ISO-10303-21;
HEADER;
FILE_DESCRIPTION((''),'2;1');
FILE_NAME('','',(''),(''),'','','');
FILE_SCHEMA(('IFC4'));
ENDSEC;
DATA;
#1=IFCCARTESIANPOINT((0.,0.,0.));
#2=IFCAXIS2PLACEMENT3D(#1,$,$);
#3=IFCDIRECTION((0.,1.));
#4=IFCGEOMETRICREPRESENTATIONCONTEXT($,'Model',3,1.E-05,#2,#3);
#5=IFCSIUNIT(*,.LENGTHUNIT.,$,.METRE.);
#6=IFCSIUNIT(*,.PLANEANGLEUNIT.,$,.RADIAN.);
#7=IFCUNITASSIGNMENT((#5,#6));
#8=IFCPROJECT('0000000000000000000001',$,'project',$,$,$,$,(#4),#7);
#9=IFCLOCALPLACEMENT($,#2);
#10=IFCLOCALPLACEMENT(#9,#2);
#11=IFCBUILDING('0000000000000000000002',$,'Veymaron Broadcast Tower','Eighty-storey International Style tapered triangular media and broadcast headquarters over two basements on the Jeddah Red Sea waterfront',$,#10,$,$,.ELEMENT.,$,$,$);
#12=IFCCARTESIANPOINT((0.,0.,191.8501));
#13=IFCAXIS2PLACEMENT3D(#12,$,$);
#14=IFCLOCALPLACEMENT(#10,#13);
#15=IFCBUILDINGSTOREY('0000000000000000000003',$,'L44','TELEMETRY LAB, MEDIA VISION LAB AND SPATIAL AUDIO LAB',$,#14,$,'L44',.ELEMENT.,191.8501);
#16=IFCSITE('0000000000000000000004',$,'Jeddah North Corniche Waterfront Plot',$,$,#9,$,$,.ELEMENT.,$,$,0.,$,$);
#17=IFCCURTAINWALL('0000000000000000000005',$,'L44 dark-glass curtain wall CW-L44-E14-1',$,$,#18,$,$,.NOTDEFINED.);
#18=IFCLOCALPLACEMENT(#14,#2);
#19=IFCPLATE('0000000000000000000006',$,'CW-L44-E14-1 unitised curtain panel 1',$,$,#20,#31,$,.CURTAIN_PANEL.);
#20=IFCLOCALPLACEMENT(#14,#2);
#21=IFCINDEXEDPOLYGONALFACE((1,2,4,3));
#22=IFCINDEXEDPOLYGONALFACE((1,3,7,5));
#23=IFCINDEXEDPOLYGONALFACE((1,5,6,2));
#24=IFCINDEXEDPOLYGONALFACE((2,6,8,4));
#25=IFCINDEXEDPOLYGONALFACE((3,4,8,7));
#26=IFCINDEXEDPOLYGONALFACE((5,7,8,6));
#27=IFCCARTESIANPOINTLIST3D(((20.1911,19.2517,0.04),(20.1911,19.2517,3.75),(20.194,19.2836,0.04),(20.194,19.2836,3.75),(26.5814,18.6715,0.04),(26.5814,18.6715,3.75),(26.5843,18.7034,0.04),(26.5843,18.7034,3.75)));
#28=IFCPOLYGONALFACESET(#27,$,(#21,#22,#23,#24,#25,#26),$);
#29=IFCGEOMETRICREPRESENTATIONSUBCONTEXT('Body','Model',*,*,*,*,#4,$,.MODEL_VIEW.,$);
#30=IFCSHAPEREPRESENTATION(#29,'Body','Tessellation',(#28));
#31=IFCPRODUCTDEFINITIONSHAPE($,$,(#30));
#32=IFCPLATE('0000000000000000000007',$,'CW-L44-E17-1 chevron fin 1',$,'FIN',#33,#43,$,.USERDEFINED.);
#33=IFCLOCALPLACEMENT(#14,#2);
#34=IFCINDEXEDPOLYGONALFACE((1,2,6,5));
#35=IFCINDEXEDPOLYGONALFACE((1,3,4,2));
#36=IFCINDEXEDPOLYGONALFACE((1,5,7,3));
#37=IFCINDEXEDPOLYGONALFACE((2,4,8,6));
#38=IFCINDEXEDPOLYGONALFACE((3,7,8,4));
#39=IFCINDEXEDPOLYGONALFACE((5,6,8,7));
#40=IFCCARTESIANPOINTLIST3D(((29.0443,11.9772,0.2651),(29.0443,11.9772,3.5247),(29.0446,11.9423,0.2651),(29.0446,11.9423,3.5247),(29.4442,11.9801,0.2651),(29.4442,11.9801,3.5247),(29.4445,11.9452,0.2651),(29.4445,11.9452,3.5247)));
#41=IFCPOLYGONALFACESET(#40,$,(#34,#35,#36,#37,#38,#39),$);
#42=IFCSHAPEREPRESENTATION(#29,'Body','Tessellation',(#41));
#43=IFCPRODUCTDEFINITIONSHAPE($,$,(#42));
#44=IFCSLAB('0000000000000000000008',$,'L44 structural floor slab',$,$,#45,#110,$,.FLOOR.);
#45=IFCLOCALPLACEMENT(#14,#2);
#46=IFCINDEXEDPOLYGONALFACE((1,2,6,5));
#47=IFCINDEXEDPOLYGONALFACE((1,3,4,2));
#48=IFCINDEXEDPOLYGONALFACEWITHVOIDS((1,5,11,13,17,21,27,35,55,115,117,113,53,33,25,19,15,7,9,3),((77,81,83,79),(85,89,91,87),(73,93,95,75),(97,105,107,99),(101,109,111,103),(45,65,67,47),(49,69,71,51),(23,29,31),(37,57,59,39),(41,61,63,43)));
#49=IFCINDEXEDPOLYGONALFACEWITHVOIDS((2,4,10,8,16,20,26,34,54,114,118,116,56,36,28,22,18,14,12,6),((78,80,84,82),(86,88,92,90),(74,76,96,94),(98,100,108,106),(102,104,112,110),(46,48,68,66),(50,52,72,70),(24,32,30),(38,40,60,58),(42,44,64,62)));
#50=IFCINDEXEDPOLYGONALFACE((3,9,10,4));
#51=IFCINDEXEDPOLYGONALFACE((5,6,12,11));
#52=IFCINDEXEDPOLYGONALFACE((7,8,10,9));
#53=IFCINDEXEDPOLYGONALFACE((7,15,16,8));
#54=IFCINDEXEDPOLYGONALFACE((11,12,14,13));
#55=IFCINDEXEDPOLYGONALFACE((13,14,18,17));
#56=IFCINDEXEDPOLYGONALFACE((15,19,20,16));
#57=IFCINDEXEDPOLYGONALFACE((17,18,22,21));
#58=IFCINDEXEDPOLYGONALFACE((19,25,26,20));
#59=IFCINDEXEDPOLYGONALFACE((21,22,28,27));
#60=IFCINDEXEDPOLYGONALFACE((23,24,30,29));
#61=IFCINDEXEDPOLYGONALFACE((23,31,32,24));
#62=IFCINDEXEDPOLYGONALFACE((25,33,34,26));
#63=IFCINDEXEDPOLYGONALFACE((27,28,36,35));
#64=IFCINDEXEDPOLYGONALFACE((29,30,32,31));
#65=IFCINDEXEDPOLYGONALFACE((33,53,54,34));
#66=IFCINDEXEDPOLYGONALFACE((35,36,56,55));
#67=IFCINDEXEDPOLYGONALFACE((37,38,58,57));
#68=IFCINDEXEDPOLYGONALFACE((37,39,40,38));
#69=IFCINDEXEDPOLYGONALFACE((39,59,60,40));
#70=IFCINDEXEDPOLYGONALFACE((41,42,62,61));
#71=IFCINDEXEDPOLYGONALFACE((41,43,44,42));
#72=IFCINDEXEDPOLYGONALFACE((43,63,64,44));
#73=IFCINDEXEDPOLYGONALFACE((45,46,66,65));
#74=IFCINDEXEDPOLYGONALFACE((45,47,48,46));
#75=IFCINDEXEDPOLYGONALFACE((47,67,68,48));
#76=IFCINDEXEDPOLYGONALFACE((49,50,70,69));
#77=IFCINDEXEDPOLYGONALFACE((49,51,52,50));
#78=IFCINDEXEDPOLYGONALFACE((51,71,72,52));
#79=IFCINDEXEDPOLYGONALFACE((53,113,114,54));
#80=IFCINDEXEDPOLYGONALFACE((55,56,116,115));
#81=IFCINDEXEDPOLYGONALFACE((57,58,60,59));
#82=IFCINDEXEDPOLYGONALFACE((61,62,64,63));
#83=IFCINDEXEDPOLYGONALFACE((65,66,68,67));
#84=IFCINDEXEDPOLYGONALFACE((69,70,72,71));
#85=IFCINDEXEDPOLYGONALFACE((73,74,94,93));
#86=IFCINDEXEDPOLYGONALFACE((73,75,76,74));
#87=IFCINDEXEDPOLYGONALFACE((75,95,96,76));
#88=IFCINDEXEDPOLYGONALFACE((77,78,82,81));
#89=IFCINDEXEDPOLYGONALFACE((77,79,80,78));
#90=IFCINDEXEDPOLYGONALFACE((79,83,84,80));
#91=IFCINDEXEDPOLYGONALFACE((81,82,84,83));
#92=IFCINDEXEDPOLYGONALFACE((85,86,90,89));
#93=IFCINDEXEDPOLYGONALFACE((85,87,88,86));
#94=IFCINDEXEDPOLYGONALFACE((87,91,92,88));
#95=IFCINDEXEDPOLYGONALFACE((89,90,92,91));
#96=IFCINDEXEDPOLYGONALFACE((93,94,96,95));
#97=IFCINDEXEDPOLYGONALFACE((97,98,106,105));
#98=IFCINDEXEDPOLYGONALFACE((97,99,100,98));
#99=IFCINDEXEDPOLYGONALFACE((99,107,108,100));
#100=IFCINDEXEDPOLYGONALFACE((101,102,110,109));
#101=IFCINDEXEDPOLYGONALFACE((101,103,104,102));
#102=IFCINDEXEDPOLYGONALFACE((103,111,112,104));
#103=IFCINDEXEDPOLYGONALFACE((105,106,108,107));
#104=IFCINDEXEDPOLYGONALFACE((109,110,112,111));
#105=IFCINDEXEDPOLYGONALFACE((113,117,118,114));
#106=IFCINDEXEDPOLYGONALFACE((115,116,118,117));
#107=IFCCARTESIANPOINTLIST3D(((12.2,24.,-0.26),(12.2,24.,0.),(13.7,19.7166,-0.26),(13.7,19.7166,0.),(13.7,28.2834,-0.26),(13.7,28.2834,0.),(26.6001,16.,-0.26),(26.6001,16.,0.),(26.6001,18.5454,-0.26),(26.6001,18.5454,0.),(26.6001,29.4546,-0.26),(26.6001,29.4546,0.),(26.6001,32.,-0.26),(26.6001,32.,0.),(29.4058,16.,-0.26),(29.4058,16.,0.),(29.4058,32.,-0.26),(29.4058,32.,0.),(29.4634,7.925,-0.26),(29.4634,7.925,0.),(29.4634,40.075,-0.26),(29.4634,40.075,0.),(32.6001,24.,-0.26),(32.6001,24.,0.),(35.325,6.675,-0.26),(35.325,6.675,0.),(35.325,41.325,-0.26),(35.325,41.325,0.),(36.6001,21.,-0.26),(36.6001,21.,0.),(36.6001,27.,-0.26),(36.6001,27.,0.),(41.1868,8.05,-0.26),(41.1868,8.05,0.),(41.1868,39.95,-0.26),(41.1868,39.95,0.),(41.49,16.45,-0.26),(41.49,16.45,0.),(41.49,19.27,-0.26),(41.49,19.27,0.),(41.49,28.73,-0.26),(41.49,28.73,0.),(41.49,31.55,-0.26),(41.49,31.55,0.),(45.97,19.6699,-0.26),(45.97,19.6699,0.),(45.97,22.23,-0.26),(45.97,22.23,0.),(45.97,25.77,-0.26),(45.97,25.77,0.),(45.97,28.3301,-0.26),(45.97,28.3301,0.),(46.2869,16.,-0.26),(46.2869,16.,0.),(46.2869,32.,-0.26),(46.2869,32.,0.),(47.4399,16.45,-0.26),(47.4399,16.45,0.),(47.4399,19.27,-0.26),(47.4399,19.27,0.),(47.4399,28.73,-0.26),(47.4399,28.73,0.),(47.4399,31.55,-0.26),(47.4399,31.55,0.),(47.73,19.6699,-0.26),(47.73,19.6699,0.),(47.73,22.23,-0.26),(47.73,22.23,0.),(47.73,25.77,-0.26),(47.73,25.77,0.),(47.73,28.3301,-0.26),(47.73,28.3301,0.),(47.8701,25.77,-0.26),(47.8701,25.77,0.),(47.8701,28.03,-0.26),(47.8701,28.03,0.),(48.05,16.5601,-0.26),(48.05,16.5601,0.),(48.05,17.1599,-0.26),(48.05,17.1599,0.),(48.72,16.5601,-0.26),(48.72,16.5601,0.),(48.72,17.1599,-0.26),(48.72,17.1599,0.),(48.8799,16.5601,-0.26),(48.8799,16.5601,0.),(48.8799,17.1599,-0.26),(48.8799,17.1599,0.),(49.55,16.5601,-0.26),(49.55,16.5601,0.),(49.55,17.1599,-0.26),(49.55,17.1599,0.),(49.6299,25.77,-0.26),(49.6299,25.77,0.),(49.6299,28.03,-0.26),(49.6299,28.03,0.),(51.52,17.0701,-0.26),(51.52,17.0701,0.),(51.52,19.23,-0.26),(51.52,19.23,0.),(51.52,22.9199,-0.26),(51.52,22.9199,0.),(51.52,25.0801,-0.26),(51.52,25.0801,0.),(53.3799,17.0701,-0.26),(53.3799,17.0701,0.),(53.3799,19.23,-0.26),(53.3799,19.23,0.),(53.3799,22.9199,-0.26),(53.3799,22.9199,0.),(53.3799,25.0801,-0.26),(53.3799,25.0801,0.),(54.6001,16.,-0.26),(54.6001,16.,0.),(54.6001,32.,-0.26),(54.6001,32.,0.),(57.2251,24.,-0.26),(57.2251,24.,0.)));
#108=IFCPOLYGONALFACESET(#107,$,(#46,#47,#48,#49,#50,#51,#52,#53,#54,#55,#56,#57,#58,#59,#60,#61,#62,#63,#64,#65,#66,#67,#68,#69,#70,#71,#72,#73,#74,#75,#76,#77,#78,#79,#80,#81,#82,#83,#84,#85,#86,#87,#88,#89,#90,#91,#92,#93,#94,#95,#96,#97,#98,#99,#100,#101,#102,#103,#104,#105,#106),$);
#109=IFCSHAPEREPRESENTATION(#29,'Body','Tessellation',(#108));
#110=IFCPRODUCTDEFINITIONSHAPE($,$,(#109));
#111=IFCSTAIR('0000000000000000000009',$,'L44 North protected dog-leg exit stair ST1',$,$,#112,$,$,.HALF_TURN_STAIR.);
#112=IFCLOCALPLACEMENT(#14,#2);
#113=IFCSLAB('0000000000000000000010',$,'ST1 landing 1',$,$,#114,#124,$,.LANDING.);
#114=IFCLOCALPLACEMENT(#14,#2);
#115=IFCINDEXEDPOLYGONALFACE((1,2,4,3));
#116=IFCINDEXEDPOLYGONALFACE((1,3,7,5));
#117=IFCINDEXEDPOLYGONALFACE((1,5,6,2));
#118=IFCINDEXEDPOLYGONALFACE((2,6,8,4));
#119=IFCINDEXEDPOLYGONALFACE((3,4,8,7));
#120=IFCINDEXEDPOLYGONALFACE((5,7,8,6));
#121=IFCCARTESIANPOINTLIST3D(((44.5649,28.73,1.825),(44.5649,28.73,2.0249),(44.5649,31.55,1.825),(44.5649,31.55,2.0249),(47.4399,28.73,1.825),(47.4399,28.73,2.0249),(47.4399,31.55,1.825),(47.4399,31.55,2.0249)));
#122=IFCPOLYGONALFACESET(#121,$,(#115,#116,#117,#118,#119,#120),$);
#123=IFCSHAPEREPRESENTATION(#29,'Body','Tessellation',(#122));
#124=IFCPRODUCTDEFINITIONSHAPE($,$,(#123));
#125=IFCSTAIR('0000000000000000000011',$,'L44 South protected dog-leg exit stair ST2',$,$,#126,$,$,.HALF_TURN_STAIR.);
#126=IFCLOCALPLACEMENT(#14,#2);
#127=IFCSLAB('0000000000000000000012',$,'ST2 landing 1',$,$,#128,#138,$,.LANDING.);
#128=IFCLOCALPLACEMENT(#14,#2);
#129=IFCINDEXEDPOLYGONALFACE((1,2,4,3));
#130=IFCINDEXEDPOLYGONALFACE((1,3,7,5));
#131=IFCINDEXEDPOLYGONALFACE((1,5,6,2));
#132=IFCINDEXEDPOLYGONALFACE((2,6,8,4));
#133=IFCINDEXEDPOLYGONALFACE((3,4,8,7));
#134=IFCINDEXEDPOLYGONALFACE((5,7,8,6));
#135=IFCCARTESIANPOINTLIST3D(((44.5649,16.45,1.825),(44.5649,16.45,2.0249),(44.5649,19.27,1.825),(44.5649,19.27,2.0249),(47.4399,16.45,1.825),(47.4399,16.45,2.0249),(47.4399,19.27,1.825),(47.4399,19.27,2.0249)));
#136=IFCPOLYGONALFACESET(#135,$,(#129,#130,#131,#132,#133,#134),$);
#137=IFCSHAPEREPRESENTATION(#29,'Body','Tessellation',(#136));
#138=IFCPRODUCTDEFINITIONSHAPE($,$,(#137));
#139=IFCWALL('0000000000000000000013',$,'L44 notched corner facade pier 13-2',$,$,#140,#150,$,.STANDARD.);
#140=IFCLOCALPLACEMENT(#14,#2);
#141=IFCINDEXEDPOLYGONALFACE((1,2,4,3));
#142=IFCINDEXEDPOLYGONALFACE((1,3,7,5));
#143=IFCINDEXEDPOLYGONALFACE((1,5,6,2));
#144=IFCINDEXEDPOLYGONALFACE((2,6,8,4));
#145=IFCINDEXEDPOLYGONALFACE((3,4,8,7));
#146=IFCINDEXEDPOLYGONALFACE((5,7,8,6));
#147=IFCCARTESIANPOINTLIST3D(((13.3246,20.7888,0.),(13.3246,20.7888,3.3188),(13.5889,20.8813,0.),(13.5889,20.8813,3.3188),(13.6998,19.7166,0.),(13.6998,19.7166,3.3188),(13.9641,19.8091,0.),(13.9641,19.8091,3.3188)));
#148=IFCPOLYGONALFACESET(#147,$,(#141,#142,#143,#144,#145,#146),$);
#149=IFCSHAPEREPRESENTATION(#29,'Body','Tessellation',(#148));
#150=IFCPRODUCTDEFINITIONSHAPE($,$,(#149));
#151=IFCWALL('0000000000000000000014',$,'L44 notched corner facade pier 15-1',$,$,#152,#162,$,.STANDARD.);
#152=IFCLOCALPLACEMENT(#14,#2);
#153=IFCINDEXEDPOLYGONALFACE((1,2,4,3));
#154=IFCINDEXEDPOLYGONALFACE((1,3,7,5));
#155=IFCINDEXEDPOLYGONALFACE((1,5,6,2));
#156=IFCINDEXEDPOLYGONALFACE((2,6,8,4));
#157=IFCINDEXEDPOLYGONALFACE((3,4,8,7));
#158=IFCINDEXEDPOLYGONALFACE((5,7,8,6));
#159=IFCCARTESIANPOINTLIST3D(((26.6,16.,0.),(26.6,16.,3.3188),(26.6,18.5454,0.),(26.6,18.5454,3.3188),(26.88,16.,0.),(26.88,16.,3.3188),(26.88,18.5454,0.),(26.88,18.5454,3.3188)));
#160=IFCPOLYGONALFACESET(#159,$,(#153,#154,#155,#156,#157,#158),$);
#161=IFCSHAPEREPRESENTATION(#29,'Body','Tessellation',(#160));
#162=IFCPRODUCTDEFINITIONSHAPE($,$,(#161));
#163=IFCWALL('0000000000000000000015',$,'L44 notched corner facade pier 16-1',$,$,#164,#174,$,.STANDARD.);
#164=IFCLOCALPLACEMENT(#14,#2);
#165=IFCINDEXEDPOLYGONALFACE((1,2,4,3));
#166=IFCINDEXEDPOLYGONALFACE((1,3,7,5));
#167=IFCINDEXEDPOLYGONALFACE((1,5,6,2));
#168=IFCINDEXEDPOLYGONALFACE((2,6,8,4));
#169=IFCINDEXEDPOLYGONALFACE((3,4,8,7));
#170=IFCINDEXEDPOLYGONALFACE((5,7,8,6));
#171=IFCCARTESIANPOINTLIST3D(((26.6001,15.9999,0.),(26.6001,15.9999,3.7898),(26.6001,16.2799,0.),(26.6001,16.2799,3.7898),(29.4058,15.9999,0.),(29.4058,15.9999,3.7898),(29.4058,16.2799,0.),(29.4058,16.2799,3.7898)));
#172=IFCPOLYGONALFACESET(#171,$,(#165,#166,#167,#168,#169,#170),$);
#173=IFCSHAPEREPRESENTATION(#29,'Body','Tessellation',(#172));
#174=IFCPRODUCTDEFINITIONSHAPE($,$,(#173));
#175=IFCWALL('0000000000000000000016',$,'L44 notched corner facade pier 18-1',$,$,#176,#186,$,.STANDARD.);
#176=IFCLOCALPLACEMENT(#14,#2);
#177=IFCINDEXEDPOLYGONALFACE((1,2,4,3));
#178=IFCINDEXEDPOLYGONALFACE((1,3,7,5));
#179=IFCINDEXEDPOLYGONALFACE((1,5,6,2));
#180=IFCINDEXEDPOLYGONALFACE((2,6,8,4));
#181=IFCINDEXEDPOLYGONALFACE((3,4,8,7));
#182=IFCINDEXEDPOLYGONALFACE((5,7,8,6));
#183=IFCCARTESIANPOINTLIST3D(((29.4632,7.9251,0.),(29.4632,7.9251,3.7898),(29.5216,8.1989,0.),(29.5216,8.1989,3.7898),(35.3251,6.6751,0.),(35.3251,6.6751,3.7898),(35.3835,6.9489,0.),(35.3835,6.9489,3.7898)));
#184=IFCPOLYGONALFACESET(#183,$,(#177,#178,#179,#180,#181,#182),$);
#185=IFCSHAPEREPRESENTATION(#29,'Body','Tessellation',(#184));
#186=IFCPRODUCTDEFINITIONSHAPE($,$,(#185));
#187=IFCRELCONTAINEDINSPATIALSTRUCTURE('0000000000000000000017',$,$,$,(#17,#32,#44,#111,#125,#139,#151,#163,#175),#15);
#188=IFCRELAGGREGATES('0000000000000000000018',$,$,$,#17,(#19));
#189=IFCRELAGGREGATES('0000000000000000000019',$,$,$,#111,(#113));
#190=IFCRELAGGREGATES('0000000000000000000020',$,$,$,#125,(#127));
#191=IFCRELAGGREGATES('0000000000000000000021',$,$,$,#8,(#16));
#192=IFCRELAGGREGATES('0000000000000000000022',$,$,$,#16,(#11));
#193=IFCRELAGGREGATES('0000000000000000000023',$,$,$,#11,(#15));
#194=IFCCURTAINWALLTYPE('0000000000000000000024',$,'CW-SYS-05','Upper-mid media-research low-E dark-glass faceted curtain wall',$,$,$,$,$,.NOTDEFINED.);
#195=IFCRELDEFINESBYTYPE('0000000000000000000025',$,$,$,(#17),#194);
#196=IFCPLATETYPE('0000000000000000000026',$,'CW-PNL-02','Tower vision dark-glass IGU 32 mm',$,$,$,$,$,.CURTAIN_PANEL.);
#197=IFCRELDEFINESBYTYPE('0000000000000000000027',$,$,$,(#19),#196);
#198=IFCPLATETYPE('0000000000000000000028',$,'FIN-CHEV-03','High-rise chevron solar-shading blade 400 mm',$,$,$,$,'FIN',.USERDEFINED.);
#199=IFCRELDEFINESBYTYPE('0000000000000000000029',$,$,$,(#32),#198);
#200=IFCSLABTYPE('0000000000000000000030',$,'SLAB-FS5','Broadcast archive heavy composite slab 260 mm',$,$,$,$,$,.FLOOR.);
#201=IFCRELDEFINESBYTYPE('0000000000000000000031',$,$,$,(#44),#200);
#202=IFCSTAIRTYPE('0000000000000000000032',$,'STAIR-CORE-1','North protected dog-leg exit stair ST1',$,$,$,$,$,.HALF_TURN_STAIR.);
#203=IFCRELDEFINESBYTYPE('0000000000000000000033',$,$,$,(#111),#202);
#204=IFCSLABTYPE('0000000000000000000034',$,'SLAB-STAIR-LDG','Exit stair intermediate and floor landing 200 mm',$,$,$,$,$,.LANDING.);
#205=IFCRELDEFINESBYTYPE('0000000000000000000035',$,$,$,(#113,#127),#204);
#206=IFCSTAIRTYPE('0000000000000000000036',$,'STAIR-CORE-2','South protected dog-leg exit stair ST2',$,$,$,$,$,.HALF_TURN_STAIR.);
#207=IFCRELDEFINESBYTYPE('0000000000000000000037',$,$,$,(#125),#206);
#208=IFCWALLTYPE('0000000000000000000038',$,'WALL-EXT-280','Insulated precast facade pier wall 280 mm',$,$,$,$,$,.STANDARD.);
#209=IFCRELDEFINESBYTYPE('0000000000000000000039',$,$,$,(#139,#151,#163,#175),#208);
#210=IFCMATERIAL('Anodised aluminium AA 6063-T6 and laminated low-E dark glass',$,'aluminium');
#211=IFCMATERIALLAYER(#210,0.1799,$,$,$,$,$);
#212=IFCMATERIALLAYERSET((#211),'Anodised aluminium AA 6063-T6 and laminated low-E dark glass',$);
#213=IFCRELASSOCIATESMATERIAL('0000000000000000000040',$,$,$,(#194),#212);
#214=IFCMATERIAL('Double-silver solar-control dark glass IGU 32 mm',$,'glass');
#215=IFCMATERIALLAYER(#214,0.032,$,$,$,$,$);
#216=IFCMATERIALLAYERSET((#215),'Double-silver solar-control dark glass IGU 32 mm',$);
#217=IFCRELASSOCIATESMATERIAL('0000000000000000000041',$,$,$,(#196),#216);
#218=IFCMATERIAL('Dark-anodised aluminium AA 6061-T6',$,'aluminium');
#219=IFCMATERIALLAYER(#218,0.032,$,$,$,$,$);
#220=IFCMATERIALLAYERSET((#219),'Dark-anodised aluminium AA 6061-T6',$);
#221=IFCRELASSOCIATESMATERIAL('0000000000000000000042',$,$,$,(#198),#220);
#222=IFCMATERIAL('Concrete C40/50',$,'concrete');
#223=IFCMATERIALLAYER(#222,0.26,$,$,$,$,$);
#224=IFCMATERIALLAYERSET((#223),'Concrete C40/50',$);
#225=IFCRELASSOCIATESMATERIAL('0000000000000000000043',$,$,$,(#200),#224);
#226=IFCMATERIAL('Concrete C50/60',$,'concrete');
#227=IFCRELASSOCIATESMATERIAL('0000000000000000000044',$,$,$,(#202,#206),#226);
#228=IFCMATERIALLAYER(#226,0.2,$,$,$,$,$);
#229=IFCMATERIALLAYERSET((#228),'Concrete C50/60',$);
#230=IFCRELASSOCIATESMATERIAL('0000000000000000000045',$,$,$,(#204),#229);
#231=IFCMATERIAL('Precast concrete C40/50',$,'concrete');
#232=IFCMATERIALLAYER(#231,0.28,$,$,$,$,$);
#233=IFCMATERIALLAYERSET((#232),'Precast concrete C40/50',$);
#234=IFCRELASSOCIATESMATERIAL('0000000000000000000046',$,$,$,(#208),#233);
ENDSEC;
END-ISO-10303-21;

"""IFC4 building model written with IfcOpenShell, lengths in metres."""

from ifc_helpers import new_model, si_unit, direction, frame, frame_2d, origin, origin_2d, place, context, subcontext, project, spatial, polyline, rectangle, outline, extrude, material, layer, layer_set, type_object, element, aggregate, save


model = new_model("IFC4")

# Units and contexts
model_context = context("Model", 3, precision=1e-05, world=origin(), true_north=direction((0.0, 1.0)))
body_context = subcontext(model_context, "Body", "Model", "MODEL_VIEW")
ifc_project = project(units=[si_unit("LENGTHUNIT", "METRE"), si_unit("PLANEANGLEUNIT", "RADIAN")], contexts=[model_context])

# Site, building, storey
site_placement = place(None, origin())
site = spatial("IfcSite", under=ifc_project, at=site_placement, Name="Jeddah North Corniche Waterfront Plot", CompositionType="ELEMENT", RefElevation=0.0)
building_placement = place(site_placement, origin())
building = spatial("IfcBuilding", under=site, at=building_placement, Name="Veymaron Broadcast Tower", Description="Eighty-storey International Style tapered triangular media and broadcast headquarters over two basements on the Jeddah Red Sea waterfront", CompositionType="ELEMENT")
storey_placement = place(building_placement, frame((0.0, 0.0, 191.8501)))
storey = spatial("IfcBuildingStorey", under=building, at=storey_placement, Name="L44", Description="TELEMETRY LAB, MEDIA VISION LAB AND SPATIAL AUDIO LAB", LongName="L44", CompositionType="ELEMENT", Elevation=191.8501)

# Curtain wall
ifc_material_1 = material(Name="Anodised aluminium AA 6063-T6 and laminated low-E dark glass", Category="aluminium")
ifc_layer_1 = layer(ifc_material_1, 0.1799)
ifc_layer_set_1 = layer_set([ifc_layer_1], Name="Anodised aluminium AA 6063-T6 and laminated low-E dark glass")
curtain_wall_type = type_object("IfcCurtainWallType", Name="CW-SYS-05", Description="Upper-mid media-research low-E dark-glass faceted curtain wall", PredefinedType="NOTDEFINED", material=ifc_layer_set_1)
curtain_wall_1_placement = place(storey_placement, origin())
curtain_wall_1 = element("IfcCurtainWall", 1, at=curtain_wall_1_placement, inside=storey, type_object=curtain_wall_type, Name="L44 dark-glass curtain wall CW-L44-E14-1", PredefinedType="NOTDEFINED")

# Plates
ifc_material_2 = material(Name="Double-silver solar-control dark glass IGU 32 mm", Category="glass")
ifc_layer_2 = layer(ifc_material_2, 0.032)
ifc_layer_set_2 = layer_set([ifc_layer_2], Name="Double-silver solar-control dark glass IGU 32 mm")
plate_type_1 = type_object("IfcPlateType", Name="CW-PNL-02", Description="Tower vision dark-glass IGU 32 mm", PredefinedType="CURTAIN_PANEL", material=ifc_layer_set_2)
plate_1_placement = place(storey_placement, frame((23.3877, 18.9775, 0.04), z_axis=(0.0, 0.0, 1.0), x_axis=(0.995903, -0.090424, 0.0)))
plate_1 = element("IfcPlate", 2, at=plate_1_placement, type_object=plate_type_1, Name="CW-L44-E14-1 unitised curtain panel 1", PredefinedType="CURTAIN_PANEL", context=body_context, shape_type="SweptSolid", body=[
    extrude(rectangle(XDim=6.4165, YDim=0.032, at=origin_2d()), origin(), (0.0, 0.0, 1.0), 3.71),
])
aggregate(curtain_wall_1, [plate_1])
ifc_material_3 = material(Name="Dark-anodised aluminium AA 6061-T6", Category="aluminium")
ifc_layer_3 = layer(ifc_material_3, 0.032)
ifc_layer_set_3 = layer_set([ifc_layer_3], Name="Dark-anodised aluminium AA 6061-T6")
plate_type_2 = type_object("IfcPlateType", Name="FIN-CHEV-03", Description="High-rise chevron solar-shading blade 400 mm", ElementType="FIN", PredefinedType="USERDEFINED", material=ifc_layer_set_3)
plate_2_placement = place(storey_placement, frame((29.2444, 11.9612, 0.2651), z_axis=(0.0, 0.0, 1.0), x_axis=(-0.999975, -0.007138, 0.0)))
element("IfcPlate", 3, at=plate_2_placement, inside=storey, type_object=plate_type_2, Name="CW-L44-E17-1 chevron fin 1", ObjectType="FIN", PredefinedType="USERDEFINED", context=body_context, shape_type="SweptSolid", body=[
    extrude(rectangle(XDim=0.3999, YDim=0.0349, at=origin_2d()), origin(), (0.0, 0.0, 1.0), 3.2595),
])

# Slab
ifc_material_4 = material(Name="Concrete C40/50", Category="concrete")
ifc_layer_4 = layer(ifc_material_4, 0.26)
ifc_layer_set_4 = layer_set([ifc_layer_4], Name="Concrete C40/50")
slab_type_1 = type_object("IfcSlabType", Name="SLAB-FS5", Description="Broadcast archive heavy composite slab 260 mm", PredefinedType="FLOOR", material=ifc_layer_set_4)
slab_1_placement = place(storey_placement, frame((0.0, 0.0, -0.26)))
element("IfcSlab", 4, at=slab_1_placement, inside=storey, type_object=slab_type_1, Name="L44 structural floor slab", PredefinedType="FLOOR", context=body_context, shape_type="SweptSolid", body=[
    extrude(outline(polyline([(46.2869, 16.0), (54.6001, 16.0), (57.2251, 24.0), (54.6001, 32.0), (46.2869, 32.0), (41.1868, 39.95), (35.325, 41.325), (29.4634, 40.075), (29.4058, 32.0), (26.6001, 32.0), (26.6001, 29.4546), (13.7, 28.2834), (12.2, 24.0), (13.7, 19.7166), (26.6001, 18.5454), (26.6001, 16.0), (29.4058, 16.0), (29.4634, 7.925), (35.325, 6.675), (41.1868, 8.05), (46.2869, 16.0)]), holes=[polyline([(45.97, 28.3301), (47.73, 28.3301), (47.73, 25.77), (45.97, 25.77), (45.97, 28.3301)]), polyline([(45.97, 22.23), (47.73, 22.23), (47.73, 19.6699), (45.97, 19.6699), (45.97, 22.23)]), polyline([(47.8701, 28.03), (49.6299, 28.03), (49.6299, 25.77), (47.8701, 25.77), (47.8701, 28.03)]), polyline([(51.52, 25.0801), (53.3799, 25.0801), (53.3799, 22.9199), (51.52, 22.9199), (51.52, 25.0801)]), polyline([(51.52, 19.23), (53.3799, 19.23), (53.3799, 17.0701), (51.52, 17.0701), (51.52, 19.23)]), polyline([(48.05, 17.1599), (48.72, 17.1599), (48.72, 16.5601), (48.05, 16.5601), (48.05, 17.1599)]), polyline([(48.8799, 17.1599), (49.55, 17.1599), (49.55, 16.5601), (48.8799, 16.5601), (48.8799, 17.1599)]), polyline([(36.6001, 27.0), (36.6001, 21.0), (32.6001, 24.0), (36.6001, 27.0)]), polyline([(41.49, 31.55), (47.4399, 31.55), (47.4399, 28.73), (41.49, 28.73), (41.49, 31.55)]), polyline([(41.49, 19.27), (47.4399, 19.27), (47.4399, 16.45), (41.49, 16.45), (41.49, 19.27)])]), origin(), (0.0, 0.0, 1.0), 0.26),
])

# Stairs, slabs
ifc_material_5 = material(Name="Concrete C50/60", Category="concrete")
stair_type_1 = type_object("IfcStairType", Name="STAIR-CORE-1", Description="North protected dog-leg exit stair ST1", PredefinedType="HALF_TURN_STAIR", material=ifc_material_5)
stair_1_placement = place(storey_placement, origin())
stair_1 = element("IfcStair", 5, at=stair_1_placement, inside=storey, type_object=stair_type_1, Name="L44 North protected dog-leg exit stair ST1", PredefinedType="HALF_TURN_STAIR")
ifc_layer_5 = layer(ifc_material_5, 0.2)
ifc_layer_set_5 = layer_set([ifc_layer_5], Name="Concrete C50/60")
slab_type_2 = type_object("IfcSlabType", Name="SLAB-STAIR-LDG", Description="Exit stair intermediate and floor landing 200 mm", PredefinedType="LANDING", material=ifc_layer_set_5)
slab_2_placement = place(storey_placement, frame((0.0, 0.0, 1.825)))
slab_2 = element("IfcSlab", 6, at=slab_2_placement, type_object=slab_type_2, Name="ST1 landing 1", PredefinedType="LANDING", context=body_context, shape_type="SweptSolid", body=[
    extrude(outline(polyline([(44.5649, 28.73), (47.4399, 28.73), (47.4399, 31.55), (44.5649, 31.55), (44.5649, 28.73)])), origin(), (0.0, 0.0, 1.0), 0.2),
])
aggregate(stair_1, [slab_2])
stair_type_2 = type_object("IfcStairType", Name="STAIR-CORE-2", Description="South protected dog-leg exit stair ST2", PredefinedType="HALF_TURN_STAIR", material=ifc_material_5)
stair_2_placement = place(storey_placement, origin())
stair_2 = element("IfcStair", 7, at=stair_2_placement, inside=storey, type_object=stair_type_2, Name="L44 South protected dog-leg exit stair ST2", PredefinedType="HALF_TURN_STAIR")
slab_3_placement = place(storey_placement, frame((0.0, 0.0, 1.825)))
slab_3 = element("IfcSlab", 8, at=slab_3_placement, type_object=slab_type_2, Name="ST2 landing 1", PredefinedType="LANDING", context=body_context, shape_type="SweptSolid", body=[
    extrude(outline(polyline([(44.5649, 16.45), (47.4399, 16.45), (47.4399, 19.27), (44.5649, 19.27), (44.5649, 16.45)])), origin(), (0.0, 0.0, 1.0), 0.2),
])
aggregate(stair_2, [slab_3])

# Walls
ifc_material_6 = material(Name="Precast concrete C40/50", Category="concrete")
ifc_layer_6 = layer(ifc_material_6, 0.28)
ifc_layer_set_6 = layer_set([ifc_layer_6], Name="Precast concrete C40/50")
wall_type_1 = type_object("IfcWallType", Name="WALL-EXT-280", Description="Insulated precast facade pier wall 280 mm", PredefinedType="STANDARD", material=ifc_layer_set_6)
wall_1_placement = place(storey_placement, frame((13.4568, 20.835, 0.0), z_axis=(0.0, 0.0, 1.0), x_axis=(0.330312, -0.943872, 0.0)))
element("IfcWall", 9, at=wall_1_placement, inside=storey, type_object=wall_type_1, Name="L44 notched corner facade pier 13-2", PredefinedType="STANDARD", context=body_context, shape_type="SweptSolid", body=[
    extrude(rectangle(XDim=1.136, YDim=0.28, at=frame_2d((0.5679, 0.0))), origin(), (0.0, 0.0, 1.0), 3.3188),
])
wall_2_placement = place(storey_placement, frame((26.74, 18.5454, 0.0), z_axis=(0.0, 0.0, 1.0), x_axis=(0.0, -1.0, 0.0)))
element("IfcWall", 10, at=wall_2_placement, inside=storey, type_object=wall_type_1, Name="L44 notched corner facade pier 15-1", PredefinedType="STANDARD", context=body_context, shape_type="SweptSolid", body=[
    extrude(rectangle(XDim=2.5454, YDim=0.28, at=frame_2d((1.2727, 0.0))), origin(), (0.0, 0.0, 1.0), 3.3188),
])
wall_3_placement = place(storey_placement, frame((26.6001, 16.1399, 0.0), z_axis=(0.0, 0.0, 1.0), x_axis=(1.0, 0.0, 0.0)))
element("IfcWall", 11, at=wall_3_placement, inside=storey, type_object=wall_type_1, Name="L44 notched corner facade pier 16-1", PredefinedType="STANDARD", context=body_context, shape_type="SweptSolid", body=[
    extrude(rectangle(XDim=2.8057, YDim=0.28, at=frame_2d((1.4028, 0.0))), origin(), (0.0, 0.0, 1.0), 3.7898),
])
wall_4_placement = place(storey_placement, frame((29.4924, 8.062, 0.0), z_axis=(0.0, 0.0, 1.0), x_axis=(0.978011, -0.208555, 0.0)))
element("IfcWall", 12, at=wall_4_placement, inside=storey, type_object=wall_type_1, Name="L44 notched corner facade pier 18-1", PredefinedType="STANDARD", context=body_context, shape_type="SweptSolid", body=[
    extrude(rectangle(XDim=5.9937, YDim=0.28, at=frame_2d((2.9968, 0.0))), origin(), (0.0, 0.0, 1.0), 3.7898),
])

save(model, "model.ifc")
